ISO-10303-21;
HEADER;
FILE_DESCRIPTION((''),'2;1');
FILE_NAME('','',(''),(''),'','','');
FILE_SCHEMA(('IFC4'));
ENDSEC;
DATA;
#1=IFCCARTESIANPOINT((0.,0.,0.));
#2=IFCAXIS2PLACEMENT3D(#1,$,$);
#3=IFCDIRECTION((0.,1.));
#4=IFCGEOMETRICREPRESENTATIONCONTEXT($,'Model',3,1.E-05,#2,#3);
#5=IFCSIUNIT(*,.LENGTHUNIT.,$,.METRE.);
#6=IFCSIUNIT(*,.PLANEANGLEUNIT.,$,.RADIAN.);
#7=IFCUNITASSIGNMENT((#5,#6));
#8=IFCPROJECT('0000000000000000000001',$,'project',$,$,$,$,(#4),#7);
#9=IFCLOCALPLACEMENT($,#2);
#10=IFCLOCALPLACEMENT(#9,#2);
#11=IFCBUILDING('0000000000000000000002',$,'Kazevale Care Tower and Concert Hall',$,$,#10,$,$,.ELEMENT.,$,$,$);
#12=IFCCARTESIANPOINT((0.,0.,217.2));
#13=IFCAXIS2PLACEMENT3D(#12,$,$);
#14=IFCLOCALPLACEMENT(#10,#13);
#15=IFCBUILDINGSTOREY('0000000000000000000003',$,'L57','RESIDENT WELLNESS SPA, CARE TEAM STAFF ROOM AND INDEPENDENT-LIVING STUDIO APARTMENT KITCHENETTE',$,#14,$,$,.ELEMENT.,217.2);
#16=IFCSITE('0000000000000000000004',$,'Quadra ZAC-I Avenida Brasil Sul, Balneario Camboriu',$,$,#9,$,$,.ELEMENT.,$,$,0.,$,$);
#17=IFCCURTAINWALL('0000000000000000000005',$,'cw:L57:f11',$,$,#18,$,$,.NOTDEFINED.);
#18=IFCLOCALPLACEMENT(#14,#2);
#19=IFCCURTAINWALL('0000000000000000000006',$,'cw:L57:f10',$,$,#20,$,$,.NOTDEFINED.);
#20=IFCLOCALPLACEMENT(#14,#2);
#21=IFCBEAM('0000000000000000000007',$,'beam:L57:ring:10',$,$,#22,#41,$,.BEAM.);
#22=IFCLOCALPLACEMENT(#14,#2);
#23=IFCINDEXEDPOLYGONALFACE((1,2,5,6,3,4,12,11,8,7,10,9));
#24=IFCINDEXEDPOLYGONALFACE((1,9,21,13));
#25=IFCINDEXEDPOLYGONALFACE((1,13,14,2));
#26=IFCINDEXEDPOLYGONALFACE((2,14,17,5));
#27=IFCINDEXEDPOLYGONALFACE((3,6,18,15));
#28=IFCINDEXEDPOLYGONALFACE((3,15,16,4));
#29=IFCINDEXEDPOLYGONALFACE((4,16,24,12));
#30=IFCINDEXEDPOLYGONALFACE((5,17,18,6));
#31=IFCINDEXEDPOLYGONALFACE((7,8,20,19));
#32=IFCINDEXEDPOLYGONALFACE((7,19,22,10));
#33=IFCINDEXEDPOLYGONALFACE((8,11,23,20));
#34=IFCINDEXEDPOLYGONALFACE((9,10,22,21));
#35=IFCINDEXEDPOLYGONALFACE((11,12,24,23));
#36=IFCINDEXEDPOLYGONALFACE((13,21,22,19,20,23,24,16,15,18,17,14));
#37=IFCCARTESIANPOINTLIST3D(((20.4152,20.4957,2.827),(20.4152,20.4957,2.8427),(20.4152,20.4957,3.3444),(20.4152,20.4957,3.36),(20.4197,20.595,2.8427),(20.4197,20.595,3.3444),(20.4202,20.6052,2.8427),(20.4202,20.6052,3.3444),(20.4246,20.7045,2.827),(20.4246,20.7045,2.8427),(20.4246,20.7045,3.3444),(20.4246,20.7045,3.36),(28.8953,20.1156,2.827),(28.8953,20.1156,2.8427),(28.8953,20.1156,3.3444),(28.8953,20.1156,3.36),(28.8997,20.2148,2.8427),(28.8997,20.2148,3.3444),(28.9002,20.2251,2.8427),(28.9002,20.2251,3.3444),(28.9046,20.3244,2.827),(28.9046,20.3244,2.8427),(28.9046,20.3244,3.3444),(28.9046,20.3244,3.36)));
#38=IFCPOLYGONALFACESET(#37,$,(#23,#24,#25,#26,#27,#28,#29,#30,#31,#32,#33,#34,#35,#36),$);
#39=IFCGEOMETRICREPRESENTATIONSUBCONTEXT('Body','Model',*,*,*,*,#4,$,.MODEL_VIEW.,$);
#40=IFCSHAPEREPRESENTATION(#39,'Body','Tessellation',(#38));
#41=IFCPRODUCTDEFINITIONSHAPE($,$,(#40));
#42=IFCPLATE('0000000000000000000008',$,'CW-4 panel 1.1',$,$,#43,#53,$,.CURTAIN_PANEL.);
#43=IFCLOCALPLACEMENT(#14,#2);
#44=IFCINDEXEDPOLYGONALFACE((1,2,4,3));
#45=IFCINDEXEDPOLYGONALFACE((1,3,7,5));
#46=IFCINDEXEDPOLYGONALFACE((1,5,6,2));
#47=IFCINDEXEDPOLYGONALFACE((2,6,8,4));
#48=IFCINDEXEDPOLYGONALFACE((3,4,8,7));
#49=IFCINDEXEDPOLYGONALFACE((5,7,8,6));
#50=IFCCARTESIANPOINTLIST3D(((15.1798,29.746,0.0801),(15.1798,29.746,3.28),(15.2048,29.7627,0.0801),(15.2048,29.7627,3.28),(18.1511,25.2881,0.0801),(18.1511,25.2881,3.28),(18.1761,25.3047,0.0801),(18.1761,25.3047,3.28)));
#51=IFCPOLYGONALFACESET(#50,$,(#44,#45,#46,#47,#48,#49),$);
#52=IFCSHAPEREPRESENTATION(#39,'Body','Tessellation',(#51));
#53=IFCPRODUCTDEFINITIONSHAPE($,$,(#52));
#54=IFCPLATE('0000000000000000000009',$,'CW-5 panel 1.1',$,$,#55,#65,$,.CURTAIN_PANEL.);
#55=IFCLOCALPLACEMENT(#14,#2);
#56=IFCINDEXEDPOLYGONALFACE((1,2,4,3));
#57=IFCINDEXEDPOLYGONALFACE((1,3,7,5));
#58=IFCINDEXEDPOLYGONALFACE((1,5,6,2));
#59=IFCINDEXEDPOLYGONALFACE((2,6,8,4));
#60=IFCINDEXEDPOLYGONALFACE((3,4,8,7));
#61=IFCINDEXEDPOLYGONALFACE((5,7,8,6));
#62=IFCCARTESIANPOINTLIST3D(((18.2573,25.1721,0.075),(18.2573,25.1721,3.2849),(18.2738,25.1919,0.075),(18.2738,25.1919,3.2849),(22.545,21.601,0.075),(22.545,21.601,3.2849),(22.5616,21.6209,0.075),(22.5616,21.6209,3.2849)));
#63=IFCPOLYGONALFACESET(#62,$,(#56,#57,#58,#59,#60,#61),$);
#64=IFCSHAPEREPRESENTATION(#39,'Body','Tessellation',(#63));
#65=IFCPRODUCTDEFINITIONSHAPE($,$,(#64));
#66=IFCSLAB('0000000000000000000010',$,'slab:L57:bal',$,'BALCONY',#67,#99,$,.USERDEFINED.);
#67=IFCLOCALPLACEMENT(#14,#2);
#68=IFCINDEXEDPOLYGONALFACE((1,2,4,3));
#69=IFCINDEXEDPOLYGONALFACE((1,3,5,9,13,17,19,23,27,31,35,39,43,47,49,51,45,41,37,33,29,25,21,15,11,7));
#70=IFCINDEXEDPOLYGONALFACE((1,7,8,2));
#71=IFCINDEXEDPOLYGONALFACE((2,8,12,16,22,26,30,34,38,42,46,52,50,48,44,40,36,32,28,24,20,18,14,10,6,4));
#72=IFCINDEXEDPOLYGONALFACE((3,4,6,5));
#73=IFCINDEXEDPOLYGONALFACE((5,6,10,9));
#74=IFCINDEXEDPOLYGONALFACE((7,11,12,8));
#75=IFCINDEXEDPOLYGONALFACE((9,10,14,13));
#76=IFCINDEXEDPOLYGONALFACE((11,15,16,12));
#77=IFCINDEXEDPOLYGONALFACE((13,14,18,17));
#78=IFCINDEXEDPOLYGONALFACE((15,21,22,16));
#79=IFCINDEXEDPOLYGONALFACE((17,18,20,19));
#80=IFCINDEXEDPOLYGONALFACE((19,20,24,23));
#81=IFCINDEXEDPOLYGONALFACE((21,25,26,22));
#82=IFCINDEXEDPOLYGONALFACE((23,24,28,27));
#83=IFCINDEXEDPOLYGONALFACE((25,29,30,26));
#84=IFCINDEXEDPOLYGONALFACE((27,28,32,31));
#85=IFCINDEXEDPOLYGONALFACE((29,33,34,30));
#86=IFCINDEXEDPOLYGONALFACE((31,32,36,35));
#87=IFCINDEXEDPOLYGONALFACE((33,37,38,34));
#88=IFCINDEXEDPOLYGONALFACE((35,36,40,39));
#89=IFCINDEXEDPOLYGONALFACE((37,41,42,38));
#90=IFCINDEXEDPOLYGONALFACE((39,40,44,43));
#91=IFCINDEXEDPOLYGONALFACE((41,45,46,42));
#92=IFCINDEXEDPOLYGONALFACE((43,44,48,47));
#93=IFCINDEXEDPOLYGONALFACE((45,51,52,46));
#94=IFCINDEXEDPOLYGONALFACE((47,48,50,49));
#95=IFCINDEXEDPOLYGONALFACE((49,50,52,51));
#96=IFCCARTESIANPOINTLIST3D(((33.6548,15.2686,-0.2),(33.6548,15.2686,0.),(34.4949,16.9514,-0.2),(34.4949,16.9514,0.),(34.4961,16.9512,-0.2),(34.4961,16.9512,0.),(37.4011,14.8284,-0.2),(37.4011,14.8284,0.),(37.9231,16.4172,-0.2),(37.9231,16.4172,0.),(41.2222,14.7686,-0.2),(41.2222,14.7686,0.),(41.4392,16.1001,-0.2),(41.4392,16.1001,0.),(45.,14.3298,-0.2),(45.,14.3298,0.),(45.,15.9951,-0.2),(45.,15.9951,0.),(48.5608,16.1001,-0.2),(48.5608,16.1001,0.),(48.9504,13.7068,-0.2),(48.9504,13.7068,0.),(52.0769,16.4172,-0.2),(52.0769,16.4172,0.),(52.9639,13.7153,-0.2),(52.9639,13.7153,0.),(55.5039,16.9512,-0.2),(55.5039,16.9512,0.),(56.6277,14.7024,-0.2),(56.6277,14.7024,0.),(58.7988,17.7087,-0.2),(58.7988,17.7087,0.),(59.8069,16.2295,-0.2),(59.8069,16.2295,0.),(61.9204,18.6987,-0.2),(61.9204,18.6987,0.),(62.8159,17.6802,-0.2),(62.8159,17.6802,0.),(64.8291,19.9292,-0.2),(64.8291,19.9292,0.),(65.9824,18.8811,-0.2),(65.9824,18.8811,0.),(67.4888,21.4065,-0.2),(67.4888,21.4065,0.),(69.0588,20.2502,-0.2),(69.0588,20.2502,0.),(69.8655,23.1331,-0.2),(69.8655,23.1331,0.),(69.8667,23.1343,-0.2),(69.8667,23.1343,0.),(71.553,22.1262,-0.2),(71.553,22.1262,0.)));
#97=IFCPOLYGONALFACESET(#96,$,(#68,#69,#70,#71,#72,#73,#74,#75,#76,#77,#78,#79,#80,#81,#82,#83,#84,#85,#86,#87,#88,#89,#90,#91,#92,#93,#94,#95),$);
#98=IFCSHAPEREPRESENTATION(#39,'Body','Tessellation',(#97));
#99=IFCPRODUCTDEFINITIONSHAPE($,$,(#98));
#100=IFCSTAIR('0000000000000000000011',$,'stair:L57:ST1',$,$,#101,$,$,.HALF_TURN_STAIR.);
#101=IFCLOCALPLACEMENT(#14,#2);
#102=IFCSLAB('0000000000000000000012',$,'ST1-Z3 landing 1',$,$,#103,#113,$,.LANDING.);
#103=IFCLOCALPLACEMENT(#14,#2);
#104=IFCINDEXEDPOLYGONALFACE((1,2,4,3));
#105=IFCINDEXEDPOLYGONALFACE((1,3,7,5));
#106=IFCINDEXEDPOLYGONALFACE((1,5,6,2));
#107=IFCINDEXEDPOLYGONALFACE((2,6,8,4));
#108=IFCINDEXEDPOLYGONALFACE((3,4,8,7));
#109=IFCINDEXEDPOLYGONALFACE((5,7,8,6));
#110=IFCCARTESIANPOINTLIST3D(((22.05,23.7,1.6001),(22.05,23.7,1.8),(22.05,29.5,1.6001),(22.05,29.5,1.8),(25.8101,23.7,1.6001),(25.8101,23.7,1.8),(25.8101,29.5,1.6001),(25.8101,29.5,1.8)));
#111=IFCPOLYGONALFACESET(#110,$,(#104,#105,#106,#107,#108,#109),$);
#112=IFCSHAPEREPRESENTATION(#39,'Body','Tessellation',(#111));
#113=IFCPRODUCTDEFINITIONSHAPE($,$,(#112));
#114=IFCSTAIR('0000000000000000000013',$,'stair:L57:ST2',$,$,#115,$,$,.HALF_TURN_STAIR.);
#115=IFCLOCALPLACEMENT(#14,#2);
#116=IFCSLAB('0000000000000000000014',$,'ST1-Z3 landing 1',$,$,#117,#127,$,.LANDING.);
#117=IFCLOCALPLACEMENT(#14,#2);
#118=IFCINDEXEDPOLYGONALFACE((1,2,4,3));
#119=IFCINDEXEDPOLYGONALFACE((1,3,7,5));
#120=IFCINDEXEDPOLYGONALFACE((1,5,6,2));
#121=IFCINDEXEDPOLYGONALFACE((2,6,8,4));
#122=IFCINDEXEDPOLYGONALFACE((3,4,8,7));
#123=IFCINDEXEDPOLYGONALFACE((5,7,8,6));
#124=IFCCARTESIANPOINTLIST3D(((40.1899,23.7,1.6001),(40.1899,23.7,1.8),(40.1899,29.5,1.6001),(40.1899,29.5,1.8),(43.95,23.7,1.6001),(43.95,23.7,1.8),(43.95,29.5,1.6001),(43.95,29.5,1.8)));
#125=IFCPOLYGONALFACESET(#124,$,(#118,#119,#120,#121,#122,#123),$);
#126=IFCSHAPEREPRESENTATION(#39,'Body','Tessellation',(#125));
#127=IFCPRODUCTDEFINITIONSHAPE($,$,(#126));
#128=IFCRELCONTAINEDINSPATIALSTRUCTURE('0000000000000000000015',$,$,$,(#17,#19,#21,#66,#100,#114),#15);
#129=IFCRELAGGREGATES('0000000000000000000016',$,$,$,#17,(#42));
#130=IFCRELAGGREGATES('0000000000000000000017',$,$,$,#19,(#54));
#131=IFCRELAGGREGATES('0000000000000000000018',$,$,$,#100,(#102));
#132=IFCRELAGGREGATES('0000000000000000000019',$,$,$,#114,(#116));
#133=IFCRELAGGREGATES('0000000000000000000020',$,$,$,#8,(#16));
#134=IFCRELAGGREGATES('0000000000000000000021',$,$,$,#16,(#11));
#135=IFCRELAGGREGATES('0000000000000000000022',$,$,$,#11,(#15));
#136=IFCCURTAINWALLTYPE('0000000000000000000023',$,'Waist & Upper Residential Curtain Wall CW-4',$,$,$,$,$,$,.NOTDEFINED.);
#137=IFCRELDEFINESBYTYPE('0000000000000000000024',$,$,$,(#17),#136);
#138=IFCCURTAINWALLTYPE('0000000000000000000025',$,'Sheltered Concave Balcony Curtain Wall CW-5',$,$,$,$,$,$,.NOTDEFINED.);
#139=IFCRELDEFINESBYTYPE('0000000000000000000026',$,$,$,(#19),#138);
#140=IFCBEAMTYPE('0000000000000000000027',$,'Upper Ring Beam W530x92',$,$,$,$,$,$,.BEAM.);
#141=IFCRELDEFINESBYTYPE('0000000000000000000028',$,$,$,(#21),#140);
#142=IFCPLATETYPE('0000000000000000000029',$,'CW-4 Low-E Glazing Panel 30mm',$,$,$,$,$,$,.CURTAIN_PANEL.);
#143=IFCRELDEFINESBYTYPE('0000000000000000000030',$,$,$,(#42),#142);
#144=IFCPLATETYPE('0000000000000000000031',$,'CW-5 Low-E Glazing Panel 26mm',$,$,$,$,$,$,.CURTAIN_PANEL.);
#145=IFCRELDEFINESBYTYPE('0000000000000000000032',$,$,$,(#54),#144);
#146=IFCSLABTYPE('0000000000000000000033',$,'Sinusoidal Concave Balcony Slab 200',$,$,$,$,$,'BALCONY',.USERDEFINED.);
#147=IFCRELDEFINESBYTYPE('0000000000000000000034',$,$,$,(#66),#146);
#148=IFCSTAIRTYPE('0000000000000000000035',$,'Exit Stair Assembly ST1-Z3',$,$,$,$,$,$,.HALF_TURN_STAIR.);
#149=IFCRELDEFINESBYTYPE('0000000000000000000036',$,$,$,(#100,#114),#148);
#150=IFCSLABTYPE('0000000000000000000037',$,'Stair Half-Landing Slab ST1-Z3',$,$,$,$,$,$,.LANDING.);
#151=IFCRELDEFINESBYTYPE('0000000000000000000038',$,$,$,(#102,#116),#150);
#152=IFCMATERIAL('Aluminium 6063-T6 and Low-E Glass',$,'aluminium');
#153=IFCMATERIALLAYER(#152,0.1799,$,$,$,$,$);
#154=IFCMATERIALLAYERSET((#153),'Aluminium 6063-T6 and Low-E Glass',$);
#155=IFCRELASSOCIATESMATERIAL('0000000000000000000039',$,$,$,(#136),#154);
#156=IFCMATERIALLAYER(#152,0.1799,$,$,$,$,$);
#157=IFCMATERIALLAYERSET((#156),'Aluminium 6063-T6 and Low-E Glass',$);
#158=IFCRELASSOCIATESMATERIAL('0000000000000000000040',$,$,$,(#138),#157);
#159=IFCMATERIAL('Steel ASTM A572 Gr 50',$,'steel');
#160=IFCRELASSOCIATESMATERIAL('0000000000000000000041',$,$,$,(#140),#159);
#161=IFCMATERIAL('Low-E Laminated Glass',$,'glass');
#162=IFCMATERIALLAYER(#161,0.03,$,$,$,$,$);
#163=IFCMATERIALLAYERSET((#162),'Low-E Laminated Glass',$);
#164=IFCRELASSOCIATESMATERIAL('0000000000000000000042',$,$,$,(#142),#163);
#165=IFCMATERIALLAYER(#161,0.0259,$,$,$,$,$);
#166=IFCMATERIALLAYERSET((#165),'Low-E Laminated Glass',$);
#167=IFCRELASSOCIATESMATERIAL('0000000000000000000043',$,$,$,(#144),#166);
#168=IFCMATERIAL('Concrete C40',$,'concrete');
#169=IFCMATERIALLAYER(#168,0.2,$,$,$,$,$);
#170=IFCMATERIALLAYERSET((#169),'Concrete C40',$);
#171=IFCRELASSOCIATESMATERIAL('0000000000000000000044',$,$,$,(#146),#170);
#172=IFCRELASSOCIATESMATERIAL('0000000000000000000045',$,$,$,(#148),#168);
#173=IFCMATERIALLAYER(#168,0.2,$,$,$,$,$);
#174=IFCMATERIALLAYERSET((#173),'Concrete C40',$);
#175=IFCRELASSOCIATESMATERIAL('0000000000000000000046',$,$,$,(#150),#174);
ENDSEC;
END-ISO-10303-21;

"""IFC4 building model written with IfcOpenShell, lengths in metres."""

from ifc_helpers import new_model, si_unit, direction, frame, origin, origin_2d, place, context, subcontext, project, spatial, polyline, rectangle, i_section, outline, extrude, material, layer, layer_set, material_profile, profile_set, type_object, element, aggregate, save


model = new_model("IFC4")

# Units and contexts
model_context = context("Model", 3, precision=1e-05, world=origin(), true_north=direction((0.0, 1.0)))
body_context = subcontext(model_context, "Body", "Model", "MODEL_VIEW")
ifc_project = project(units=[si_unit("LENGTHUNIT", "METRE"), si_unit("PLANEANGLEUNIT", "RADIAN")], contexts=[model_context])

# Site, building, storey
site_placement = place(None, origin())
site = spatial("IfcSite", under=ifc_project, at=site_placement, Name="Quadra ZAC-I Avenida Brasil Sul, Balneario Camboriu", CompositionType="ELEMENT", RefElevation=0.0)
building_placement = place(site_placement, origin())
building = spatial("IfcBuilding", under=site, at=building_placement, Name="Kazevale Care Tower and Concert Hall", CompositionType="ELEMENT")
storey_placement = place(building_placement, frame((0.0, 0.0, 217.2)))
storey = spatial("IfcBuildingStorey", under=building, at=storey_placement, Name="L57", Description="RESIDENT WELLNESS SPA, CARE TEAM STAFF ROOM AND INDEPENDENT-LIVING STUDIO APARTMENT KITCHENETTE", CompositionType="ELEMENT", Elevation=217.2)

# Curtain wall
ifc_material_1 = material(Name="Aluminium 6063-T6 and Low-E Glass", Category="aluminium")
ifc_layer_1 = layer(ifc_material_1, 0.1799)
ifc_layer_set_1 = layer_set([ifc_layer_1], Name="Aluminium 6063-T6 and Low-E Glass")
curtain_wall_type_1 = type_object("IfcCurtainWallType", Name="Waist & Upper Residential Curtain Wall CW-4", PredefinedType="NOTDEFINED", material=ifc_layer_set_1)
curtain_wall_1_placement = place(storey_placement, origin())
curtain_wall_1 = element("IfcCurtainWall", 1, at=curtain_wall_1_placement, inside=storey, type_object=curtain_wall_type_1, Name="cw:L57:f11", PredefinedType="NOTDEFINED")

# Shared definitions
ifc_layer_2 = layer(ifc_material_1, 0.1799)
ifc_layer_set_2 = layer_set([ifc_layer_2], Name="Aluminium 6063-T6 and Low-E Glass")
curtain_wall_type_2 = type_object("IfcCurtainWallType", Name="Sheltered Concave Balcony Curtain Wall CW-5", PredefinedType="NOTDEFINED", material=ifc_layer_set_2)

# Curtain wall
curtain_wall_2_placement = place(storey_placement, origin())
curtain_wall_2 = element("IfcCurtainWall", 2, at=curtain_wall_2_placement, inside=storey, type_object=curtain_wall_type_2, Name="cw:L57:f10", PredefinedType="NOTDEFINED")

# Beam
ifc_material_2 = material(Name="Steel ASTM A572 Gr 50", Category="steel")
ifc_material_profile_1 = material_profile(ifc_material_2, i_section(OverallWidth=0.209, OverallDepth=0.533, WebThickness=0.0103, FlangeThickness=0.0156, at=origin_2d()), Name="W530x92")
ifc_profile_set_1 = profile_set([ifc_material_profile_1], Name="Steel ASTM A572 Gr 50")
beam_type_1 = type_object("IfcBeamType", Name="Upper Ring Beam W530x92", PredefinedType="BEAM", material=ifc_profile_set_1)
beam_1_placement = place(storey_placement, frame((20.4199, 20.6001, 3.0935), z_axis=(0.998997, -0.044781, 0.0), x_axis=(0.044781, 0.998997, 0.0)))
element("IfcBeam", 3, at=beam_1_placement, inside=storey, type_object=beam_type_1, Name="beam:L57:ring:10", PredefinedType="BEAM", context=body_context, shape_type="SweptSolid", body=[
    extrude(i_section(OverallWidth=0.209, OverallDepth=0.533, WebThickness=0.0103, FlangeThickness=0.0156, at=origin_2d()), origin(), (0.0, 0.0, 1.0), 8.4885),
])

# Plates
ifc_material_3 = material(Name="Low-E Laminated Glass", Category="glass")
ifc_layer_3 = layer(ifc_material_3, 0.03)
ifc_layer_set_3 = layer_set([ifc_layer_3], Name="Low-E Laminated Glass")
plate_type_1 = type_object("IfcPlateType", Name="CW-4 Low-E Glazing Panel 30mm", PredefinedType="CURTAIN_PANEL", material=ifc_layer_set_3)
plate_1_placement = place(storey_placement, frame((16.678, 27.5254, 0.0801), z_axis=(0.0, 0.0, 1.0), x_axis=(-0.554617, 0.832106, 0.0)))
plate_1 = element("IfcPlate", 4, at=plate_1_placement, type_object=plate_type_1, Name="CW-4 panel 1.1", PredefinedType="CURTAIN_PANEL", context=body_context, shape_type="SweptSolid", body=[
    extrude(rectangle(XDim=5.3574, YDim=0.03, at=origin_2d()), origin(), (0.0, 0.0, 1.0), 3.2),
])
aggregate(curtain_wall_1, [plate_1])
ifc_layer_4 = layer(ifc_material_3, 0.0259)
ifc_layer_set_4 = layer_set([ifc_layer_4], Name="Low-E Laminated Glass")
plate_type_2 = type_object("IfcPlateType", Name="CW-5 Low-E Glazing Panel 26mm", PredefinedType="CURTAIN_PANEL", material=ifc_layer_set_4)
plate_2_placement = place(storey_placement, frame((20.4094, 23.3965, 0.075), z_axis=(0.0, 0.0, 1.0), x_axis=(-0.768407, 0.639961, 0.0)))
plate_2 = element("IfcPlate", 5, at=plate_2_placement, type_object=plate_type_2, Name="CW-5 panel 1.1", PredefinedType="CURTAIN_PANEL", context=body_context, shape_type="SweptSolid", body=[
    extrude(rectangle(XDim=5.5801, YDim=0.0259, at=origin_2d()), origin(), (0.0, 0.0, 1.0), 3.21),
])
aggregate(curtain_wall_2, [plate_2])

# Slab
ifc_material_4 = material(Name="Concrete C40", Category="concrete")
ifc_layer_5 = layer(ifc_material_4, 0.2)
ifc_layer_set_5 = layer_set([ifc_layer_5], Name="Concrete C40")
slab_type_1 = type_object("IfcSlabType", Name="Sinusoidal Concave Balcony Slab 200", ElementType="BALCONY", PredefinedType="USERDEFINED", material=ifc_layer_set_5)
slab_1_placement = place(storey_placement, frame((0.0, 0.0, -0.2)))
element("IfcSlab", 6, at=slab_1_placement, inside=storey, type_object=slab_type_1, Name="slab:L57:bal", ObjectType="BALCONY", PredefinedType="USERDEFINED", context=body_context, shape_type="SweptSolid", body=[
    extrude(outline(polyline([(71.553, 22.1262), (69.0588, 20.2502), (65.9824, 18.8811), (62.8159, 17.6802), (59.8069, 16.2295), (56.6277, 14.7024), (52.9639, 13.7153), (48.9504, 13.7068), (45.0, 14.3298), (41.2222, 14.7686), (37.4011, 14.8284), (33.6548, 15.2686), (34.4949, 16.9514), (34.4961, 16.9512), (37.9231, 16.4172), (41.4392, 16.1001), (45.0, 15.9951), (48.5608, 16.1001), (52.0769, 16.4172), (55.5039, 16.9512), (58.7988, 17.7087), (61.9204, 18.6987), (64.8291, 19.9292), (67.4888, 21.4065), (69.8655, 23.1331), (69.8667, 23.1343), (71.553, 22.1262)])), origin(), (0.0, 0.0, 1.0), 0.2),
])

# Stairs, slabs
stair_type = type_object("IfcStairType", Name="Exit Stair Assembly ST1-Z3", PredefinedType="HALF_TURN_STAIR", material=ifc_material_4)
stair_1_placement = place(storey_placement, origin())
stair_1 = element("IfcStair", 7, at=stair_1_placement, inside=storey, type_object=stair_type, Name="stair:L57:ST1", PredefinedType="HALF_TURN_STAIR")
ifc_layer_6 = layer(ifc_material_4, 0.2)
ifc_layer_set_6 = layer_set([ifc_layer_6], Name="Concrete C40")
slab_type_2 = type_object("IfcSlabType", Name="Stair Half-Landing Slab ST1-Z3", PredefinedType="LANDING", material=ifc_layer_set_6)
slab_2_placement = place(storey_placement, frame((0.0, 0.0, 1.6001)))
slab_2 = element("IfcSlab", 8, at=slab_2_placement, type_object=slab_type_2, Name="ST1-Z3 landing 1", PredefinedType="LANDING", context=body_context, shape_type="SweptSolid", body=[
    extrude(outline(polyline([(22.05, 23.7), (25.8101, 23.7), (25.8101, 29.5), (22.05, 29.5), (22.05, 23.7)])), origin(), (0.0, 0.0, 1.0), 0.2),
])
aggregate(stair_1, [slab_2])
stair_2_placement = place(storey_placement, origin())
stair_2 = element("IfcStair", 9, at=stair_2_placement, inside=storey, type_object=stair_type, Name="stair:L57:ST2", PredefinedType="HALF_TURN_STAIR")
slab_3_placement = place(storey_placement, frame((0.0, 0.0, 1.6001)))
slab_3 = element("IfcSlab", 10, at=slab_3_placement, type_object=slab_type_2, Name="ST1-Z3 landing 1", PredefinedType="LANDING", context=body_context, shape_type="SweptSolid", body=[
    extrude(outline(polyline([(40.1899, 23.7), (43.95, 23.7), (43.95, 29.5), (40.1899, 29.5), (40.1899, 23.7)])), origin(), (0.0, 0.0, 1.0), 0.2),
])
aggregate(stair_2, [slab_3])

save(model, "model.ifc")
